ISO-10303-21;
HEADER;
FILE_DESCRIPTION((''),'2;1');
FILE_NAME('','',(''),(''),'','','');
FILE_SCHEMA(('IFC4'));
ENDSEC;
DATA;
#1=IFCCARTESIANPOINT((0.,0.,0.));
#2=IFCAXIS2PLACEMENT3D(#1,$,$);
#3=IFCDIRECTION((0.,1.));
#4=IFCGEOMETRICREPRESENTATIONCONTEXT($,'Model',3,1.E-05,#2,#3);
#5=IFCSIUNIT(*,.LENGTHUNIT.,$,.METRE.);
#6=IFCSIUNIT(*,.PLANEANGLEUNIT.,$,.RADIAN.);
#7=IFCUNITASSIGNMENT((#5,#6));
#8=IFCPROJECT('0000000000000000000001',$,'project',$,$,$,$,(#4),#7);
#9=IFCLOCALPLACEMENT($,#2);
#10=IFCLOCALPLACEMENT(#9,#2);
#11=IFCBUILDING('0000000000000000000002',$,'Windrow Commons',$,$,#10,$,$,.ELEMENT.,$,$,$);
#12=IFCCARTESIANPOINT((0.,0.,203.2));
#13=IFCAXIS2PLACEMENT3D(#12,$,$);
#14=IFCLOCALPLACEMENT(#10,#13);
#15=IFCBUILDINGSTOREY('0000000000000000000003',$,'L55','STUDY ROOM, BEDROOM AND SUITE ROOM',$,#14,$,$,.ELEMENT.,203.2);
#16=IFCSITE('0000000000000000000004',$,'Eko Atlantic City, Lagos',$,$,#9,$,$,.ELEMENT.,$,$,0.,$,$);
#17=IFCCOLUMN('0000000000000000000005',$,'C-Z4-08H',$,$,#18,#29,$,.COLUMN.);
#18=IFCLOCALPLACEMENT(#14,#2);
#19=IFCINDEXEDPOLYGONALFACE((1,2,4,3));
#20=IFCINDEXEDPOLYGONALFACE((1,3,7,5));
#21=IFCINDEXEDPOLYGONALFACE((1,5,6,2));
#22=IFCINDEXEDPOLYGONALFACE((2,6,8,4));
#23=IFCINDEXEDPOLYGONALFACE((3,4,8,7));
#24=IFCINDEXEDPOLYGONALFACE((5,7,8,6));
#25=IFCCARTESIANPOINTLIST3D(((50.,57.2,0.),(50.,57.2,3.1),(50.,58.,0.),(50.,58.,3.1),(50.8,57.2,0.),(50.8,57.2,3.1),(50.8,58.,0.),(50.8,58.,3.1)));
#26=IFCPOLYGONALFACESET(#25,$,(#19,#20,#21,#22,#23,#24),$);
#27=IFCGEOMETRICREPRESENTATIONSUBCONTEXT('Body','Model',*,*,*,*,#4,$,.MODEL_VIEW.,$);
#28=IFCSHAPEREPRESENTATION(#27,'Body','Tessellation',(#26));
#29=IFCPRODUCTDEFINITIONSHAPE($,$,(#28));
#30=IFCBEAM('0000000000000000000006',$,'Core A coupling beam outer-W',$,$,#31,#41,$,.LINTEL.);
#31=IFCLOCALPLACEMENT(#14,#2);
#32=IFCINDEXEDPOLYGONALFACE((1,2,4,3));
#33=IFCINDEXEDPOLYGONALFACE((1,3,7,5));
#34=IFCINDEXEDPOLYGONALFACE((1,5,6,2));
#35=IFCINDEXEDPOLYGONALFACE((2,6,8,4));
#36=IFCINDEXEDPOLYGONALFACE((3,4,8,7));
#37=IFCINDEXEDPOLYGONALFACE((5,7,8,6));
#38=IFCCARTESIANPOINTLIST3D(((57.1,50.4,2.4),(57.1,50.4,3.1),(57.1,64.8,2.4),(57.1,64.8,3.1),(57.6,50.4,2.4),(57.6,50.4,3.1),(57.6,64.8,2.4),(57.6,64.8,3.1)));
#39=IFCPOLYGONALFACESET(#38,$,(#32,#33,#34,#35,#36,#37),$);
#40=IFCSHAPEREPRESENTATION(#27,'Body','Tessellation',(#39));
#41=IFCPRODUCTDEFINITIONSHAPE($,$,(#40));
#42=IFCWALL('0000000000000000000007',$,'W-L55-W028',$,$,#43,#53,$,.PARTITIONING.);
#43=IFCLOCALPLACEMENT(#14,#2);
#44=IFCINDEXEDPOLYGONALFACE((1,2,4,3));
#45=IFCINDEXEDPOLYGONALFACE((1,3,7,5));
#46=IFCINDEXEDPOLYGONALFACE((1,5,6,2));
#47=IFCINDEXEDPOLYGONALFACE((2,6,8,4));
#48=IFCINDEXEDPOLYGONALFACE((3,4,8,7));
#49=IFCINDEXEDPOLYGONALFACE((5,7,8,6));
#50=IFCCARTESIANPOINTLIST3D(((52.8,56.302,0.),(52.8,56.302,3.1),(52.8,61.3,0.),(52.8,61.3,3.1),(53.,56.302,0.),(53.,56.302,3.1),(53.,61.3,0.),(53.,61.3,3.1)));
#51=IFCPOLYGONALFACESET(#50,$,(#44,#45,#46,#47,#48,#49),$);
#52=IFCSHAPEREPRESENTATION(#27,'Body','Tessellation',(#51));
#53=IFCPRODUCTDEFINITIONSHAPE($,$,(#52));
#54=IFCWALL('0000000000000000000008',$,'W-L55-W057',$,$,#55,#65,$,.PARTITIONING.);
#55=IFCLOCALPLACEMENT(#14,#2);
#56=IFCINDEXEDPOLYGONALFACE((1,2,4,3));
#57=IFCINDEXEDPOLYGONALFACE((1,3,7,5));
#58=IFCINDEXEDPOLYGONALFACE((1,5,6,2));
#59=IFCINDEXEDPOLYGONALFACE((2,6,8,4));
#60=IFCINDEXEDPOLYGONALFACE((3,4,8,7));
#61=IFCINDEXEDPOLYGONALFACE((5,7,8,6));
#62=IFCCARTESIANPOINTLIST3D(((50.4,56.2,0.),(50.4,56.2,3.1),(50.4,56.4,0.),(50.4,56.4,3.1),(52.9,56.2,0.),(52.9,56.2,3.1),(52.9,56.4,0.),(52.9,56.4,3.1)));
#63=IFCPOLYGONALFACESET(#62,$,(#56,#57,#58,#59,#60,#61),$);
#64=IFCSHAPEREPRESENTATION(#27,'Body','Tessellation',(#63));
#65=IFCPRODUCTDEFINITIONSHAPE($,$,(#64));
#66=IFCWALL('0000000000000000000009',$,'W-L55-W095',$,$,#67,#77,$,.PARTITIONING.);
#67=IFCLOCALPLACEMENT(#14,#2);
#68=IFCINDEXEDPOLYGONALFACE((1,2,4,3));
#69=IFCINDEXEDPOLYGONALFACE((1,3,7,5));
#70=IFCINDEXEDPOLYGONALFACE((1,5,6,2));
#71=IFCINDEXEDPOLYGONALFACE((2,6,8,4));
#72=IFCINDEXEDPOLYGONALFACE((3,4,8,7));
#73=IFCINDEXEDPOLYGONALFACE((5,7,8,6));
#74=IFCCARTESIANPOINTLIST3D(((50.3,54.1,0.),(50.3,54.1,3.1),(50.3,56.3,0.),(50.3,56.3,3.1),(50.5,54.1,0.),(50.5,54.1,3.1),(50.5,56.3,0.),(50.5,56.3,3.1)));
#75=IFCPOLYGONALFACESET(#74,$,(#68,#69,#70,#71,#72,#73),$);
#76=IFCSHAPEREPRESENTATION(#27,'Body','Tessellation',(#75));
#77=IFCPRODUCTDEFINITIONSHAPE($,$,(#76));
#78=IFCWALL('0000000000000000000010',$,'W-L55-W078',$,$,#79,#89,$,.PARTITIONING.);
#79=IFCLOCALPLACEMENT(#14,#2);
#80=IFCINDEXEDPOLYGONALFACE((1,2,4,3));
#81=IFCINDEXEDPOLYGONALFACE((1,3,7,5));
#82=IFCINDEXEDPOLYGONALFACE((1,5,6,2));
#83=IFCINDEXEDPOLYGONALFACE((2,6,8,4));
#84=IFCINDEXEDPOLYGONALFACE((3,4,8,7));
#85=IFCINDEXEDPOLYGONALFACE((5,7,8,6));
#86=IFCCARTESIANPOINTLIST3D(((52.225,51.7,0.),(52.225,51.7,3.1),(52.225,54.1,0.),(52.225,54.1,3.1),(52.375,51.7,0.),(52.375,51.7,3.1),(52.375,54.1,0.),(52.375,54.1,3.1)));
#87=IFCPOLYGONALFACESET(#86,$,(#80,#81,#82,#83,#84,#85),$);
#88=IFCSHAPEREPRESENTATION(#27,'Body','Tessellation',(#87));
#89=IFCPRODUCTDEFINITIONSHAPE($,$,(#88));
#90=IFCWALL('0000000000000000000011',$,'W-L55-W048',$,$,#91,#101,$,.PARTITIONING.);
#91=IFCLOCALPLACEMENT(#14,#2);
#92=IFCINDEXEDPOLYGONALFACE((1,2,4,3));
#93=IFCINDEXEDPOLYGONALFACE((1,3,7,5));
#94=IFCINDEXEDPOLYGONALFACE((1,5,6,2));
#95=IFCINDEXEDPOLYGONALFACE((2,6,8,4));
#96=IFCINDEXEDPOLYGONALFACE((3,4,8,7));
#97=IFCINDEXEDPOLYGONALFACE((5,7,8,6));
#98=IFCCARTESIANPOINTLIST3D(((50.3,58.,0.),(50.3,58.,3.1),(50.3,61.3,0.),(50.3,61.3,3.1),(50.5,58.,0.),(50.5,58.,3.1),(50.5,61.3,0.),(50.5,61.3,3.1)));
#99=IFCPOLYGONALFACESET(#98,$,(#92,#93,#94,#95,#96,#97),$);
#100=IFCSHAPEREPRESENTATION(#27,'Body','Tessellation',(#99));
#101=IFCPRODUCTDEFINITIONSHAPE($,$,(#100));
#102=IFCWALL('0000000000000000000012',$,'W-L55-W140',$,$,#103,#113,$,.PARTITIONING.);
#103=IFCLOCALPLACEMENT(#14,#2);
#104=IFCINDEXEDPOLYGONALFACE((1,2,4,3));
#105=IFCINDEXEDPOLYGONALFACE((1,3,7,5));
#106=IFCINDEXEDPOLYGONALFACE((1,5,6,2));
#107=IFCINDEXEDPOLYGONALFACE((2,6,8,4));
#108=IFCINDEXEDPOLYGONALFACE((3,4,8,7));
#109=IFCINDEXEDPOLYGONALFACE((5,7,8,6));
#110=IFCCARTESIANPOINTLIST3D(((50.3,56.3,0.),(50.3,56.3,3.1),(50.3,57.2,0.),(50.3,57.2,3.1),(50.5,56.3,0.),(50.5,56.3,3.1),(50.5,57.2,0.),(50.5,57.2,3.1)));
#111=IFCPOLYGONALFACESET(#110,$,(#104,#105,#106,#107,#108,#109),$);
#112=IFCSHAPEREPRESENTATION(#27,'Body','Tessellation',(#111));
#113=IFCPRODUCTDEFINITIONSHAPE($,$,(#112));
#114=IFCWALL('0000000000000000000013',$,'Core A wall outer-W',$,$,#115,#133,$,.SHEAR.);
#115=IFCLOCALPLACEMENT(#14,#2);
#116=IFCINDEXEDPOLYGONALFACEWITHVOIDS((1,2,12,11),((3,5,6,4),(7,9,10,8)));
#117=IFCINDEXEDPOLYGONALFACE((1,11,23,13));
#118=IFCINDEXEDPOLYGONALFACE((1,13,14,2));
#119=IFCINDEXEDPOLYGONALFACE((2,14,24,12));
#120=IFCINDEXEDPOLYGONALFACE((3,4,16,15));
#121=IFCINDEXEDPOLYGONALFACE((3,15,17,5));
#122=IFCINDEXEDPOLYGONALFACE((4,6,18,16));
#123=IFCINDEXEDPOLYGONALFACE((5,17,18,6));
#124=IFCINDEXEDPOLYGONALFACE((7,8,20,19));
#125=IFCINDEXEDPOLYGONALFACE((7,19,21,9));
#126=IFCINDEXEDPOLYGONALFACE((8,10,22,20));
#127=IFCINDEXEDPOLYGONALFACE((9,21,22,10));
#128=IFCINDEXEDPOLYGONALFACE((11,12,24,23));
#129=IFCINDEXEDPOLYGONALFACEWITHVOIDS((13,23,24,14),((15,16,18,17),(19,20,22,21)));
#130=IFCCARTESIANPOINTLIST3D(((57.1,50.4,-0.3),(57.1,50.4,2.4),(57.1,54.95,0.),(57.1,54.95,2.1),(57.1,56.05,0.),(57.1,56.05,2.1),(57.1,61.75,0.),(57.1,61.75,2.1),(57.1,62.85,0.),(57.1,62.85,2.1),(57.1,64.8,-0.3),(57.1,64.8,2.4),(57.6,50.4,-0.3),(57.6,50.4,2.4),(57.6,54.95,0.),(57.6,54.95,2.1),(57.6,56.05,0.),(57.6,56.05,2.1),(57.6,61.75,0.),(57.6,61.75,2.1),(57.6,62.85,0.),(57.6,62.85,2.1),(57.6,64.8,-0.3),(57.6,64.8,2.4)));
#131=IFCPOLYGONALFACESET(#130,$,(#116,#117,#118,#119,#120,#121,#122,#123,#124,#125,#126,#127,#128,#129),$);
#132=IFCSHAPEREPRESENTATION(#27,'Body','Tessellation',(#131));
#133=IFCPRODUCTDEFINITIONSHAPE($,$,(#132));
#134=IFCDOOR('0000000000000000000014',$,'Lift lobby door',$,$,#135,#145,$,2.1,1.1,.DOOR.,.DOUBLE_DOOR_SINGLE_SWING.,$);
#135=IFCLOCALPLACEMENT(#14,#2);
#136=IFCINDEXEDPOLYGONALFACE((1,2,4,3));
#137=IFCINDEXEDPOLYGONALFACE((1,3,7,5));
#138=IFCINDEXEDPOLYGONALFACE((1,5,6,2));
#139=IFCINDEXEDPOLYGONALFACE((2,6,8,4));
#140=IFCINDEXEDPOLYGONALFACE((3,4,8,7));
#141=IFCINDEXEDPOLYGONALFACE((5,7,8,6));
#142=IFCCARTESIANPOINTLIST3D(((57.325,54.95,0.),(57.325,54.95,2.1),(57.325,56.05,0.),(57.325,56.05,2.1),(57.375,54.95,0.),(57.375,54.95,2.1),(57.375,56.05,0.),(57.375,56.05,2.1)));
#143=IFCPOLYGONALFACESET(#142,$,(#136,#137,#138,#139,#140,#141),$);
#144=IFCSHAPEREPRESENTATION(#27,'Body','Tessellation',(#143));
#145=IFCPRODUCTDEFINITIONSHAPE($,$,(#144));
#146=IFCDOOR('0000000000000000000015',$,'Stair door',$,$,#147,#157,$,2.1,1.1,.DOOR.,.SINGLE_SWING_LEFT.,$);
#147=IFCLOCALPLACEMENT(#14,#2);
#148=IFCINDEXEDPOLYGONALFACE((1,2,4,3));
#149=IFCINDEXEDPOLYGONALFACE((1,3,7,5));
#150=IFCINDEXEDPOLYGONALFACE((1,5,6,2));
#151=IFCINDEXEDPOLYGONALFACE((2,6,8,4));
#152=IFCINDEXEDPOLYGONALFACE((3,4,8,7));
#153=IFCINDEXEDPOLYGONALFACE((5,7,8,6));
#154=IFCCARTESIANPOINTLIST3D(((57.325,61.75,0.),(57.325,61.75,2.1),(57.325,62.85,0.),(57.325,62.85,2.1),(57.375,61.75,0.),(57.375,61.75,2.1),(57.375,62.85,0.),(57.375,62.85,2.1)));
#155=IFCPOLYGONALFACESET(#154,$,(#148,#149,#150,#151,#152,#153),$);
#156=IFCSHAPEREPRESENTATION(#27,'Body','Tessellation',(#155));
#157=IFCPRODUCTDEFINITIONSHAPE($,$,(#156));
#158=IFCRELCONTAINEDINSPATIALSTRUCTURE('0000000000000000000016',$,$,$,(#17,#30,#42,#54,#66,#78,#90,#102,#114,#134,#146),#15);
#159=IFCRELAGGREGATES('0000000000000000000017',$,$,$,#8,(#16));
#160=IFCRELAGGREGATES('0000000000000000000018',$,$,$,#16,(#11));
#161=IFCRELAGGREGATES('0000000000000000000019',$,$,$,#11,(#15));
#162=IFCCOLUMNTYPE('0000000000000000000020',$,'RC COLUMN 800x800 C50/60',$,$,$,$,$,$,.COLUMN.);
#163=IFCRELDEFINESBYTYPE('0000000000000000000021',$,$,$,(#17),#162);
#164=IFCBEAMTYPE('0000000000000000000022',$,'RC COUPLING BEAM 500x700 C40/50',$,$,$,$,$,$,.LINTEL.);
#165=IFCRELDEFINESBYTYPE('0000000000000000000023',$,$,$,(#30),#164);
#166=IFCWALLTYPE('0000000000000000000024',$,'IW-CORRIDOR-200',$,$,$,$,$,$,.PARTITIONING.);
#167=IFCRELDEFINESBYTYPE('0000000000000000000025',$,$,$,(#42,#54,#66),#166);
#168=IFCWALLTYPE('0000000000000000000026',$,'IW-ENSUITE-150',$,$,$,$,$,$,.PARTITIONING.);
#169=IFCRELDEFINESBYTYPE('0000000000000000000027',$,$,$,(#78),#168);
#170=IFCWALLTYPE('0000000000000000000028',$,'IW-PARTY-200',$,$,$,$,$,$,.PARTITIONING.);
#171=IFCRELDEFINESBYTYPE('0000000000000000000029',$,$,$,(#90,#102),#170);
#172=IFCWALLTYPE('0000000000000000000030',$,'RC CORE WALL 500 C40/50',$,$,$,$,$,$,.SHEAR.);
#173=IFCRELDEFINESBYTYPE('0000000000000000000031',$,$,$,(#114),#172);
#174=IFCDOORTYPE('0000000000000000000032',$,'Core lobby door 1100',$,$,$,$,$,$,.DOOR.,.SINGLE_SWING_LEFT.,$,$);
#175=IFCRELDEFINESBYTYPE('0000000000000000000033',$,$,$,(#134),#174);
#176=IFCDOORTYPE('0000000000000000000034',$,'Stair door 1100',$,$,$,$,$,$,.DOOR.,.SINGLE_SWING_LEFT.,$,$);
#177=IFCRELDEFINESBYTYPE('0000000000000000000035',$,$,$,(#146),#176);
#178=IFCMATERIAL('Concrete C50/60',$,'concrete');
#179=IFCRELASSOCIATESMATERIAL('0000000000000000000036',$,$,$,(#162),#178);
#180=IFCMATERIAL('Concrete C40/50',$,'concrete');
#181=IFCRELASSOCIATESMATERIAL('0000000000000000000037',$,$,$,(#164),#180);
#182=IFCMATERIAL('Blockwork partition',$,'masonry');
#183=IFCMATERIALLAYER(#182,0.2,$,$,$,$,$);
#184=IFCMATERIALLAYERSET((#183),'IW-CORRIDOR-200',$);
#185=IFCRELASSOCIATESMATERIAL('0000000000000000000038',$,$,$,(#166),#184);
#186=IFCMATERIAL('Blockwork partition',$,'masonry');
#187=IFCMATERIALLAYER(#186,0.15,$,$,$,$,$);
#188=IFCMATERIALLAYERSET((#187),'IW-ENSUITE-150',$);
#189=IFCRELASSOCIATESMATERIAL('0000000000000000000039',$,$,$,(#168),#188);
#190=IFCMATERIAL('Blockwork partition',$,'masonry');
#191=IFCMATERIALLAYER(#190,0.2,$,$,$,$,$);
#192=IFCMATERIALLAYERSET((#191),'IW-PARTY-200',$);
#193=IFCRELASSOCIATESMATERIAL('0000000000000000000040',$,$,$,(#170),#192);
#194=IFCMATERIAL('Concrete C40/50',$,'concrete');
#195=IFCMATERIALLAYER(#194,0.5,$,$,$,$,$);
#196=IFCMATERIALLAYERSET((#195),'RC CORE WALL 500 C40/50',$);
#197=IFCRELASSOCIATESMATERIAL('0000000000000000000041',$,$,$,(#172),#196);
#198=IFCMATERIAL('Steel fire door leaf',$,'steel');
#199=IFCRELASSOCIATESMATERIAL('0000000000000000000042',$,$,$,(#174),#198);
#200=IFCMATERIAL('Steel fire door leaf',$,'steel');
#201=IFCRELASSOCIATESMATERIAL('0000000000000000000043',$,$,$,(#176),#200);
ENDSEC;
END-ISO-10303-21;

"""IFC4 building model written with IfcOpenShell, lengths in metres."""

from ifc_helpers import new_model, si_unit, direction, frame, frame_2d, origin, origin_2d, place, context, subcontext, project, spatial, rectangle, extrude, material, layer, layer_set, material_profile, profile_set, type_object, element, fill, save


model = new_model("IFC4")

# Units and contexts
model_context = context("Model", 3, precision=1e-05, world=origin(), true_north=direction((0.0, 1.0)))
body_context = subcontext(model_context, "Body", "Model", "MODEL_VIEW")
ifc_project = project(units=[si_unit("LENGTHUNIT", "METRE"), si_unit("PLANEANGLEUNIT", "RADIAN")], contexts=[model_context])

# Site, building, storey
site_placement = place(None, origin())
site = spatial("IfcSite", under=ifc_project, at=site_placement, Name="Eko Atlantic City, Lagos", CompositionType="ELEMENT", RefElevation=0.0)
building_placement = place(site_placement, origin())
building = spatial("IfcBuilding", under=site, at=building_placement, Name="Windrow Commons", CompositionType="ELEMENT")
storey_placement = place(building_placement, frame((0.0, 0.0, 203.2)))
storey = spatial("IfcBuildingStorey", under=building, at=storey_placement, Name="L55", Description="STUDY ROOM, BEDROOM AND SUITE ROOM", CompositionType="ELEMENT", Elevation=203.2)

# Column
ifc_material_1 = material(Name="Concrete C50/60", Category="concrete")
ifc_material_profile_1 = material_profile(ifc_material_1, rectangle(XDim=0.8, YDim=0.8, at=origin_2d()))
ifc_profile_set_1 = profile_set([ifc_material_profile_1], Name="Concrete C50/60")
column_type = type_object("IfcColumnType", Name="RC COLUMN 800x800 C50/60", PredefinedType="COLUMN", material=ifc_profile_set_1)
column_placement = place(storey_placement, frame((50.4, 57.6, 0.0), z_axis=(0.0, 0.0, 1.0), x_axis=(1.0, 0.0, 0.0)))
element("IfcColumn", 1, at=column_placement, inside=storey, type_object=column_type, Name="C-Z4-08H", PredefinedType="COLUMN", context=body_context, shape_type="SweptSolid", body=[
    extrude(rectangle(XDim=0.8, YDim=0.8, at=origin_2d()), origin(), (0.0, 0.0, 1.0), 3.1),
])

# Beam
ifc_material_2 = material(Name="Concrete C40/50", Category="concrete")
ifc_material_profile_2 = material_profile(ifc_material_2, rectangle(XDim=0.5, YDim=0.7, at=origin_2d()))
ifc_profile_set_2 = profile_set([ifc_material_profile_2], Name="Concrete C40/50")
beam_type = type_object("IfcBeamType", Name="RC COUPLING BEAM 500x700 C40/50", PredefinedType="LINTEL", material=ifc_profile_set_2)
beam_placement = place(storey_placement, frame((57.35, 50.4, 2.75), z_axis=(0.0, 1.0, 0.0), x_axis=(-1.0, 0.0, 0.0)))
element("IfcBeam", 2, at=beam_placement, inside=storey, type_object=beam_type, Name="Core A coupling beam outer-W", PredefinedType="LINTEL", context=body_context, shape_type="SweptSolid", body=[
    extrude(rectangle(XDim=0.5, YDim=0.7, at=origin_2d()), origin(), (0.0, 0.0, 1.0), 14.4),
])

# Walls
ifc_material_3 = material(Name="Blockwork partition", Category="masonry")
ifc_layer_1 = layer(ifc_material_3, 0.2)
ifc_layer_set_1 = layer_set([ifc_layer_1], Name="IW-CORRIDOR-200")
wall_type_1 = type_object("IfcWallType", Name="IW-CORRIDOR-200", PredefinedType="PARTITIONING", material=ifc_layer_set_1)
wall_1_placement = place(storey_placement, frame((52.9, 56.302, 0.0), z_axis=(0.0, 0.0, 1.0), x_axis=(0.0, 1.0, 0.0)))
element("IfcWall", 3, at=wall_1_placement, inside=storey, type_object=wall_type_1, Name="W-L55-W028", PredefinedType="PARTITIONING", context=body_context, shape_type="SweptSolid", body=[
    extrude(rectangle(XDim=4.998, YDim=0.2, at=frame_2d((2.499, 0.0))), origin(), (0.0, 0.0, 1.0), 3.1),
])
wall_2_placement = place(storey_placement, frame((50.4, 56.3, 0.0), z_axis=(0.0, 0.0, 1.0), x_axis=(1.0, 0.0, 0.0)))
element("IfcWall", 4, at=wall_2_placement, inside=storey, type_object=wall_type_1, Name="W-L55-W057", PredefinedType="PARTITIONING", context=body_context, shape_type="SweptSolid", body=[
    extrude(rectangle(XDim=2.5, YDim=0.2, at=frame_2d((1.25, 0.0))), origin(), (0.0, 0.0, 1.0), 3.1),
])
wall_3_placement = place(storey_placement, frame((50.4, 54.1, 0.0), z_axis=(0.0, 0.0, 1.0), x_axis=(0.0, 1.0, 0.0)))
element("IfcWall", 5, at=wall_3_placement, inside=storey, type_object=wall_type_1, Name="W-L55-W095", PredefinedType="PARTITIONING", context=body_context, shape_type="SweptSolid", body=[
    extrude(rectangle(XDim=2.2, YDim=0.2, at=frame_2d((1.1, 0.0))), origin(), (0.0, 0.0, 1.0), 3.1),
])
ifc_material_4 = material(Name="Blockwork partition", Category="masonry")
ifc_layer_2 = layer(ifc_material_4, 0.15)
ifc_layer_set_2 = layer_set([ifc_layer_2], Name="IW-ENSUITE-150")
wall_type_2 = type_object("IfcWallType", Name="IW-ENSUITE-150", PredefinedType="PARTITIONING", material=ifc_layer_set_2)
wall_4_placement = place(storey_placement, frame((52.3, 51.7, 0.0), z_axis=(0.0, 0.0, 1.0), x_axis=(0.0, 1.0, 0.0)))
element("IfcWall", 6, at=wall_4_placement, inside=storey, type_object=wall_type_2, Name="W-L55-W078", PredefinedType="PARTITIONING", context=body_context, shape_type="SweptSolid", body=[
    extrude(rectangle(XDim=2.4, YDim=0.15, at=frame_2d((1.2, 0.0))), origin(), (0.0, 0.0, 1.0), 3.1),
])
ifc_material_5 = material(Name="Blockwork partition", Category="masonry")
ifc_layer_3 = layer(ifc_material_5, 0.2)
ifc_layer_set_3 = layer_set([ifc_layer_3], Name="IW-PARTY-200")
wall_type_3 = type_object("IfcWallType", Name="IW-PARTY-200", PredefinedType="PARTITIONING", material=ifc_layer_set_3)
wall_5_placement = place(storey_placement, frame((50.4, 58.0, 0.0), z_axis=(0.0, 0.0, 1.0), x_axis=(0.0, 1.0, 0.0)))
element("IfcWall", 7, at=wall_5_placement, inside=storey, type_object=wall_type_3, Name="W-L55-W048", PredefinedType="PARTITIONING", context=body_context, shape_type="SweptSolid", body=[
    extrude(rectangle(XDim=3.3, YDim=0.2, at=frame_2d((1.65, 0.0))), origin(), (0.0, 0.0, 1.0), 3.1),
])
wall_6_placement = place(storey_placement, frame((50.4, 56.3, 0.0), z_axis=(0.0, 0.0, 1.0), x_axis=(0.0, 1.0, 0.0)))
element("IfcWall", 8, at=wall_6_placement, inside=storey, type_object=wall_type_3, Name="W-L55-W140", PredefinedType="PARTITIONING", context=body_context, shape_type="SweptSolid", body=[
    extrude(rectangle(XDim=0.9, YDim=0.2, at=frame_2d((0.45, 0.0))), origin(), (0.0, 0.0, 1.0), 3.1),
])

# Wall, openings, doors
ifc_material_6 = material(Name="Concrete C40/50", Category="concrete")
ifc_layer_4 = layer(ifc_material_6, 0.5)
ifc_layer_set_4 = layer_set([ifc_layer_4], Name="RC CORE WALL 500 C40/50")
wall_type_4 = type_object("IfcWallType", Name="RC CORE WALL 500 C40/50", PredefinedType="SHEAR", material=ifc_layer_set_4)
wall_7_placement = place(storey_placement, frame((57.35, 50.4, -0.3), z_axis=(0.0, 0.0, 1.0), x_axis=(0.0, 1.0, 0.0)))
wall_7 = element("IfcWall", 9, at=wall_7_placement, inside=storey, type_object=wall_type_4, Name="Core A wall outer-W", PredefinedType="SHEAR", context=body_context, shape_type="SweptSolid", body=[
    extrude(rectangle(XDim=14.4, YDim=0.5, at=frame_2d((7.2, 0.0))), origin(), (0.0, 0.0, 1.0), 2.7),
])
opening_1_placement = place(wall_7_placement, frame((4.55, 0.0, 0.3)))
opening_1 = element("IfcOpeningElement", 10, at=opening_1_placement, cuts=wall_7, PredefinedType="OPENING", context=body_context, shape_type="SweptSolid", body=[
    extrude(rectangle(XDim=1.1, YDim=2.1, at=frame_2d((0.55, 1.05))), frame((0.0, 0.26, 0.0), z_axis=(0.0, -1.0, 0.0), x_axis=(1.0, 0.0, 0.0)), (0.0, 0.0, 1.0), 0.52),
])
opening_2_placement = place(wall_7_placement, frame((11.35, 0.0, 0.3)))
opening_2 = element("IfcOpeningElement", 11, at=opening_2_placement, cuts=wall_7, PredefinedType="OPENING", context=body_context, shape_type="SweptSolid", body=[
    extrude(rectangle(XDim=1.1, YDim=2.1, at=frame_2d((0.55, 1.05))), frame((0.0, 0.26, 0.0), z_axis=(0.0, -1.0, 0.0), x_axis=(1.0, 0.0, 0.0)), (0.0, 0.0, 1.0), 0.52),
])
ifc_material_7 = material(Name="Steel fire door leaf", Category="steel")
door_type_1 = type_object("IfcDoorType", Name="Core lobby door 1100", OperationType="SINGLE_SWING_LEFT", PredefinedType="DOOR", material=ifc_material_7)
door_1_placement = place(opening_1_placement, origin())
door_1 = element("IfcDoor", 12, at=door_1_placement, inside=storey, type_object=door_type_1, Name="Lift lobby door", OperationType="DOUBLE_DOOR_SINGLE_SWING", OverallHeight=2.1, OverallWidth=1.1, PredefinedType="DOOR", context=body_context, shape_type="SweptSolid", body=[
    extrude(rectangle(XDim=1.1, YDim=2.1, at=frame_2d((0.55, 1.05))), frame((0.0, 0.025, 0.0), z_axis=(0.0, -1.0, 0.0), x_axis=(1.0, 0.0, 0.0)), (0.0, 0.0, 1.0), 0.05),
])
fill(opening_1, door_1)
ifc_material_8 = material(Name="Steel fire door leaf", Category="steel")
door_type_2 = type_object("IfcDoorType", Name="Stair door 1100", OperationType="SINGLE_SWING_LEFT", PredefinedType="DOOR", material=ifc_material_8)
door_2_placement = place(opening_2_placement, origin())
door_2 = element("IfcDoor", 13, at=door_2_placement, inside=storey, type_object=door_type_2, Name="Stair door", OperationType="SINGLE_SWING_LEFT", OverallHeight=2.1, OverallWidth=1.1, PredefinedType="DOOR", context=body_context, shape_type="SweptSolid", body=[
    extrude(rectangle(XDim=1.1, YDim=2.1, at=frame_2d((0.55, 1.05))), frame((0.0, 0.025, 0.0), z_axis=(0.0, -1.0, 0.0), x_axis=(1.0, 0.0, 0.0)), (0.0, 0.0, 1.0), 0.05),
])
fill(opening_2, door_2)

save(model, "model.ifc")
